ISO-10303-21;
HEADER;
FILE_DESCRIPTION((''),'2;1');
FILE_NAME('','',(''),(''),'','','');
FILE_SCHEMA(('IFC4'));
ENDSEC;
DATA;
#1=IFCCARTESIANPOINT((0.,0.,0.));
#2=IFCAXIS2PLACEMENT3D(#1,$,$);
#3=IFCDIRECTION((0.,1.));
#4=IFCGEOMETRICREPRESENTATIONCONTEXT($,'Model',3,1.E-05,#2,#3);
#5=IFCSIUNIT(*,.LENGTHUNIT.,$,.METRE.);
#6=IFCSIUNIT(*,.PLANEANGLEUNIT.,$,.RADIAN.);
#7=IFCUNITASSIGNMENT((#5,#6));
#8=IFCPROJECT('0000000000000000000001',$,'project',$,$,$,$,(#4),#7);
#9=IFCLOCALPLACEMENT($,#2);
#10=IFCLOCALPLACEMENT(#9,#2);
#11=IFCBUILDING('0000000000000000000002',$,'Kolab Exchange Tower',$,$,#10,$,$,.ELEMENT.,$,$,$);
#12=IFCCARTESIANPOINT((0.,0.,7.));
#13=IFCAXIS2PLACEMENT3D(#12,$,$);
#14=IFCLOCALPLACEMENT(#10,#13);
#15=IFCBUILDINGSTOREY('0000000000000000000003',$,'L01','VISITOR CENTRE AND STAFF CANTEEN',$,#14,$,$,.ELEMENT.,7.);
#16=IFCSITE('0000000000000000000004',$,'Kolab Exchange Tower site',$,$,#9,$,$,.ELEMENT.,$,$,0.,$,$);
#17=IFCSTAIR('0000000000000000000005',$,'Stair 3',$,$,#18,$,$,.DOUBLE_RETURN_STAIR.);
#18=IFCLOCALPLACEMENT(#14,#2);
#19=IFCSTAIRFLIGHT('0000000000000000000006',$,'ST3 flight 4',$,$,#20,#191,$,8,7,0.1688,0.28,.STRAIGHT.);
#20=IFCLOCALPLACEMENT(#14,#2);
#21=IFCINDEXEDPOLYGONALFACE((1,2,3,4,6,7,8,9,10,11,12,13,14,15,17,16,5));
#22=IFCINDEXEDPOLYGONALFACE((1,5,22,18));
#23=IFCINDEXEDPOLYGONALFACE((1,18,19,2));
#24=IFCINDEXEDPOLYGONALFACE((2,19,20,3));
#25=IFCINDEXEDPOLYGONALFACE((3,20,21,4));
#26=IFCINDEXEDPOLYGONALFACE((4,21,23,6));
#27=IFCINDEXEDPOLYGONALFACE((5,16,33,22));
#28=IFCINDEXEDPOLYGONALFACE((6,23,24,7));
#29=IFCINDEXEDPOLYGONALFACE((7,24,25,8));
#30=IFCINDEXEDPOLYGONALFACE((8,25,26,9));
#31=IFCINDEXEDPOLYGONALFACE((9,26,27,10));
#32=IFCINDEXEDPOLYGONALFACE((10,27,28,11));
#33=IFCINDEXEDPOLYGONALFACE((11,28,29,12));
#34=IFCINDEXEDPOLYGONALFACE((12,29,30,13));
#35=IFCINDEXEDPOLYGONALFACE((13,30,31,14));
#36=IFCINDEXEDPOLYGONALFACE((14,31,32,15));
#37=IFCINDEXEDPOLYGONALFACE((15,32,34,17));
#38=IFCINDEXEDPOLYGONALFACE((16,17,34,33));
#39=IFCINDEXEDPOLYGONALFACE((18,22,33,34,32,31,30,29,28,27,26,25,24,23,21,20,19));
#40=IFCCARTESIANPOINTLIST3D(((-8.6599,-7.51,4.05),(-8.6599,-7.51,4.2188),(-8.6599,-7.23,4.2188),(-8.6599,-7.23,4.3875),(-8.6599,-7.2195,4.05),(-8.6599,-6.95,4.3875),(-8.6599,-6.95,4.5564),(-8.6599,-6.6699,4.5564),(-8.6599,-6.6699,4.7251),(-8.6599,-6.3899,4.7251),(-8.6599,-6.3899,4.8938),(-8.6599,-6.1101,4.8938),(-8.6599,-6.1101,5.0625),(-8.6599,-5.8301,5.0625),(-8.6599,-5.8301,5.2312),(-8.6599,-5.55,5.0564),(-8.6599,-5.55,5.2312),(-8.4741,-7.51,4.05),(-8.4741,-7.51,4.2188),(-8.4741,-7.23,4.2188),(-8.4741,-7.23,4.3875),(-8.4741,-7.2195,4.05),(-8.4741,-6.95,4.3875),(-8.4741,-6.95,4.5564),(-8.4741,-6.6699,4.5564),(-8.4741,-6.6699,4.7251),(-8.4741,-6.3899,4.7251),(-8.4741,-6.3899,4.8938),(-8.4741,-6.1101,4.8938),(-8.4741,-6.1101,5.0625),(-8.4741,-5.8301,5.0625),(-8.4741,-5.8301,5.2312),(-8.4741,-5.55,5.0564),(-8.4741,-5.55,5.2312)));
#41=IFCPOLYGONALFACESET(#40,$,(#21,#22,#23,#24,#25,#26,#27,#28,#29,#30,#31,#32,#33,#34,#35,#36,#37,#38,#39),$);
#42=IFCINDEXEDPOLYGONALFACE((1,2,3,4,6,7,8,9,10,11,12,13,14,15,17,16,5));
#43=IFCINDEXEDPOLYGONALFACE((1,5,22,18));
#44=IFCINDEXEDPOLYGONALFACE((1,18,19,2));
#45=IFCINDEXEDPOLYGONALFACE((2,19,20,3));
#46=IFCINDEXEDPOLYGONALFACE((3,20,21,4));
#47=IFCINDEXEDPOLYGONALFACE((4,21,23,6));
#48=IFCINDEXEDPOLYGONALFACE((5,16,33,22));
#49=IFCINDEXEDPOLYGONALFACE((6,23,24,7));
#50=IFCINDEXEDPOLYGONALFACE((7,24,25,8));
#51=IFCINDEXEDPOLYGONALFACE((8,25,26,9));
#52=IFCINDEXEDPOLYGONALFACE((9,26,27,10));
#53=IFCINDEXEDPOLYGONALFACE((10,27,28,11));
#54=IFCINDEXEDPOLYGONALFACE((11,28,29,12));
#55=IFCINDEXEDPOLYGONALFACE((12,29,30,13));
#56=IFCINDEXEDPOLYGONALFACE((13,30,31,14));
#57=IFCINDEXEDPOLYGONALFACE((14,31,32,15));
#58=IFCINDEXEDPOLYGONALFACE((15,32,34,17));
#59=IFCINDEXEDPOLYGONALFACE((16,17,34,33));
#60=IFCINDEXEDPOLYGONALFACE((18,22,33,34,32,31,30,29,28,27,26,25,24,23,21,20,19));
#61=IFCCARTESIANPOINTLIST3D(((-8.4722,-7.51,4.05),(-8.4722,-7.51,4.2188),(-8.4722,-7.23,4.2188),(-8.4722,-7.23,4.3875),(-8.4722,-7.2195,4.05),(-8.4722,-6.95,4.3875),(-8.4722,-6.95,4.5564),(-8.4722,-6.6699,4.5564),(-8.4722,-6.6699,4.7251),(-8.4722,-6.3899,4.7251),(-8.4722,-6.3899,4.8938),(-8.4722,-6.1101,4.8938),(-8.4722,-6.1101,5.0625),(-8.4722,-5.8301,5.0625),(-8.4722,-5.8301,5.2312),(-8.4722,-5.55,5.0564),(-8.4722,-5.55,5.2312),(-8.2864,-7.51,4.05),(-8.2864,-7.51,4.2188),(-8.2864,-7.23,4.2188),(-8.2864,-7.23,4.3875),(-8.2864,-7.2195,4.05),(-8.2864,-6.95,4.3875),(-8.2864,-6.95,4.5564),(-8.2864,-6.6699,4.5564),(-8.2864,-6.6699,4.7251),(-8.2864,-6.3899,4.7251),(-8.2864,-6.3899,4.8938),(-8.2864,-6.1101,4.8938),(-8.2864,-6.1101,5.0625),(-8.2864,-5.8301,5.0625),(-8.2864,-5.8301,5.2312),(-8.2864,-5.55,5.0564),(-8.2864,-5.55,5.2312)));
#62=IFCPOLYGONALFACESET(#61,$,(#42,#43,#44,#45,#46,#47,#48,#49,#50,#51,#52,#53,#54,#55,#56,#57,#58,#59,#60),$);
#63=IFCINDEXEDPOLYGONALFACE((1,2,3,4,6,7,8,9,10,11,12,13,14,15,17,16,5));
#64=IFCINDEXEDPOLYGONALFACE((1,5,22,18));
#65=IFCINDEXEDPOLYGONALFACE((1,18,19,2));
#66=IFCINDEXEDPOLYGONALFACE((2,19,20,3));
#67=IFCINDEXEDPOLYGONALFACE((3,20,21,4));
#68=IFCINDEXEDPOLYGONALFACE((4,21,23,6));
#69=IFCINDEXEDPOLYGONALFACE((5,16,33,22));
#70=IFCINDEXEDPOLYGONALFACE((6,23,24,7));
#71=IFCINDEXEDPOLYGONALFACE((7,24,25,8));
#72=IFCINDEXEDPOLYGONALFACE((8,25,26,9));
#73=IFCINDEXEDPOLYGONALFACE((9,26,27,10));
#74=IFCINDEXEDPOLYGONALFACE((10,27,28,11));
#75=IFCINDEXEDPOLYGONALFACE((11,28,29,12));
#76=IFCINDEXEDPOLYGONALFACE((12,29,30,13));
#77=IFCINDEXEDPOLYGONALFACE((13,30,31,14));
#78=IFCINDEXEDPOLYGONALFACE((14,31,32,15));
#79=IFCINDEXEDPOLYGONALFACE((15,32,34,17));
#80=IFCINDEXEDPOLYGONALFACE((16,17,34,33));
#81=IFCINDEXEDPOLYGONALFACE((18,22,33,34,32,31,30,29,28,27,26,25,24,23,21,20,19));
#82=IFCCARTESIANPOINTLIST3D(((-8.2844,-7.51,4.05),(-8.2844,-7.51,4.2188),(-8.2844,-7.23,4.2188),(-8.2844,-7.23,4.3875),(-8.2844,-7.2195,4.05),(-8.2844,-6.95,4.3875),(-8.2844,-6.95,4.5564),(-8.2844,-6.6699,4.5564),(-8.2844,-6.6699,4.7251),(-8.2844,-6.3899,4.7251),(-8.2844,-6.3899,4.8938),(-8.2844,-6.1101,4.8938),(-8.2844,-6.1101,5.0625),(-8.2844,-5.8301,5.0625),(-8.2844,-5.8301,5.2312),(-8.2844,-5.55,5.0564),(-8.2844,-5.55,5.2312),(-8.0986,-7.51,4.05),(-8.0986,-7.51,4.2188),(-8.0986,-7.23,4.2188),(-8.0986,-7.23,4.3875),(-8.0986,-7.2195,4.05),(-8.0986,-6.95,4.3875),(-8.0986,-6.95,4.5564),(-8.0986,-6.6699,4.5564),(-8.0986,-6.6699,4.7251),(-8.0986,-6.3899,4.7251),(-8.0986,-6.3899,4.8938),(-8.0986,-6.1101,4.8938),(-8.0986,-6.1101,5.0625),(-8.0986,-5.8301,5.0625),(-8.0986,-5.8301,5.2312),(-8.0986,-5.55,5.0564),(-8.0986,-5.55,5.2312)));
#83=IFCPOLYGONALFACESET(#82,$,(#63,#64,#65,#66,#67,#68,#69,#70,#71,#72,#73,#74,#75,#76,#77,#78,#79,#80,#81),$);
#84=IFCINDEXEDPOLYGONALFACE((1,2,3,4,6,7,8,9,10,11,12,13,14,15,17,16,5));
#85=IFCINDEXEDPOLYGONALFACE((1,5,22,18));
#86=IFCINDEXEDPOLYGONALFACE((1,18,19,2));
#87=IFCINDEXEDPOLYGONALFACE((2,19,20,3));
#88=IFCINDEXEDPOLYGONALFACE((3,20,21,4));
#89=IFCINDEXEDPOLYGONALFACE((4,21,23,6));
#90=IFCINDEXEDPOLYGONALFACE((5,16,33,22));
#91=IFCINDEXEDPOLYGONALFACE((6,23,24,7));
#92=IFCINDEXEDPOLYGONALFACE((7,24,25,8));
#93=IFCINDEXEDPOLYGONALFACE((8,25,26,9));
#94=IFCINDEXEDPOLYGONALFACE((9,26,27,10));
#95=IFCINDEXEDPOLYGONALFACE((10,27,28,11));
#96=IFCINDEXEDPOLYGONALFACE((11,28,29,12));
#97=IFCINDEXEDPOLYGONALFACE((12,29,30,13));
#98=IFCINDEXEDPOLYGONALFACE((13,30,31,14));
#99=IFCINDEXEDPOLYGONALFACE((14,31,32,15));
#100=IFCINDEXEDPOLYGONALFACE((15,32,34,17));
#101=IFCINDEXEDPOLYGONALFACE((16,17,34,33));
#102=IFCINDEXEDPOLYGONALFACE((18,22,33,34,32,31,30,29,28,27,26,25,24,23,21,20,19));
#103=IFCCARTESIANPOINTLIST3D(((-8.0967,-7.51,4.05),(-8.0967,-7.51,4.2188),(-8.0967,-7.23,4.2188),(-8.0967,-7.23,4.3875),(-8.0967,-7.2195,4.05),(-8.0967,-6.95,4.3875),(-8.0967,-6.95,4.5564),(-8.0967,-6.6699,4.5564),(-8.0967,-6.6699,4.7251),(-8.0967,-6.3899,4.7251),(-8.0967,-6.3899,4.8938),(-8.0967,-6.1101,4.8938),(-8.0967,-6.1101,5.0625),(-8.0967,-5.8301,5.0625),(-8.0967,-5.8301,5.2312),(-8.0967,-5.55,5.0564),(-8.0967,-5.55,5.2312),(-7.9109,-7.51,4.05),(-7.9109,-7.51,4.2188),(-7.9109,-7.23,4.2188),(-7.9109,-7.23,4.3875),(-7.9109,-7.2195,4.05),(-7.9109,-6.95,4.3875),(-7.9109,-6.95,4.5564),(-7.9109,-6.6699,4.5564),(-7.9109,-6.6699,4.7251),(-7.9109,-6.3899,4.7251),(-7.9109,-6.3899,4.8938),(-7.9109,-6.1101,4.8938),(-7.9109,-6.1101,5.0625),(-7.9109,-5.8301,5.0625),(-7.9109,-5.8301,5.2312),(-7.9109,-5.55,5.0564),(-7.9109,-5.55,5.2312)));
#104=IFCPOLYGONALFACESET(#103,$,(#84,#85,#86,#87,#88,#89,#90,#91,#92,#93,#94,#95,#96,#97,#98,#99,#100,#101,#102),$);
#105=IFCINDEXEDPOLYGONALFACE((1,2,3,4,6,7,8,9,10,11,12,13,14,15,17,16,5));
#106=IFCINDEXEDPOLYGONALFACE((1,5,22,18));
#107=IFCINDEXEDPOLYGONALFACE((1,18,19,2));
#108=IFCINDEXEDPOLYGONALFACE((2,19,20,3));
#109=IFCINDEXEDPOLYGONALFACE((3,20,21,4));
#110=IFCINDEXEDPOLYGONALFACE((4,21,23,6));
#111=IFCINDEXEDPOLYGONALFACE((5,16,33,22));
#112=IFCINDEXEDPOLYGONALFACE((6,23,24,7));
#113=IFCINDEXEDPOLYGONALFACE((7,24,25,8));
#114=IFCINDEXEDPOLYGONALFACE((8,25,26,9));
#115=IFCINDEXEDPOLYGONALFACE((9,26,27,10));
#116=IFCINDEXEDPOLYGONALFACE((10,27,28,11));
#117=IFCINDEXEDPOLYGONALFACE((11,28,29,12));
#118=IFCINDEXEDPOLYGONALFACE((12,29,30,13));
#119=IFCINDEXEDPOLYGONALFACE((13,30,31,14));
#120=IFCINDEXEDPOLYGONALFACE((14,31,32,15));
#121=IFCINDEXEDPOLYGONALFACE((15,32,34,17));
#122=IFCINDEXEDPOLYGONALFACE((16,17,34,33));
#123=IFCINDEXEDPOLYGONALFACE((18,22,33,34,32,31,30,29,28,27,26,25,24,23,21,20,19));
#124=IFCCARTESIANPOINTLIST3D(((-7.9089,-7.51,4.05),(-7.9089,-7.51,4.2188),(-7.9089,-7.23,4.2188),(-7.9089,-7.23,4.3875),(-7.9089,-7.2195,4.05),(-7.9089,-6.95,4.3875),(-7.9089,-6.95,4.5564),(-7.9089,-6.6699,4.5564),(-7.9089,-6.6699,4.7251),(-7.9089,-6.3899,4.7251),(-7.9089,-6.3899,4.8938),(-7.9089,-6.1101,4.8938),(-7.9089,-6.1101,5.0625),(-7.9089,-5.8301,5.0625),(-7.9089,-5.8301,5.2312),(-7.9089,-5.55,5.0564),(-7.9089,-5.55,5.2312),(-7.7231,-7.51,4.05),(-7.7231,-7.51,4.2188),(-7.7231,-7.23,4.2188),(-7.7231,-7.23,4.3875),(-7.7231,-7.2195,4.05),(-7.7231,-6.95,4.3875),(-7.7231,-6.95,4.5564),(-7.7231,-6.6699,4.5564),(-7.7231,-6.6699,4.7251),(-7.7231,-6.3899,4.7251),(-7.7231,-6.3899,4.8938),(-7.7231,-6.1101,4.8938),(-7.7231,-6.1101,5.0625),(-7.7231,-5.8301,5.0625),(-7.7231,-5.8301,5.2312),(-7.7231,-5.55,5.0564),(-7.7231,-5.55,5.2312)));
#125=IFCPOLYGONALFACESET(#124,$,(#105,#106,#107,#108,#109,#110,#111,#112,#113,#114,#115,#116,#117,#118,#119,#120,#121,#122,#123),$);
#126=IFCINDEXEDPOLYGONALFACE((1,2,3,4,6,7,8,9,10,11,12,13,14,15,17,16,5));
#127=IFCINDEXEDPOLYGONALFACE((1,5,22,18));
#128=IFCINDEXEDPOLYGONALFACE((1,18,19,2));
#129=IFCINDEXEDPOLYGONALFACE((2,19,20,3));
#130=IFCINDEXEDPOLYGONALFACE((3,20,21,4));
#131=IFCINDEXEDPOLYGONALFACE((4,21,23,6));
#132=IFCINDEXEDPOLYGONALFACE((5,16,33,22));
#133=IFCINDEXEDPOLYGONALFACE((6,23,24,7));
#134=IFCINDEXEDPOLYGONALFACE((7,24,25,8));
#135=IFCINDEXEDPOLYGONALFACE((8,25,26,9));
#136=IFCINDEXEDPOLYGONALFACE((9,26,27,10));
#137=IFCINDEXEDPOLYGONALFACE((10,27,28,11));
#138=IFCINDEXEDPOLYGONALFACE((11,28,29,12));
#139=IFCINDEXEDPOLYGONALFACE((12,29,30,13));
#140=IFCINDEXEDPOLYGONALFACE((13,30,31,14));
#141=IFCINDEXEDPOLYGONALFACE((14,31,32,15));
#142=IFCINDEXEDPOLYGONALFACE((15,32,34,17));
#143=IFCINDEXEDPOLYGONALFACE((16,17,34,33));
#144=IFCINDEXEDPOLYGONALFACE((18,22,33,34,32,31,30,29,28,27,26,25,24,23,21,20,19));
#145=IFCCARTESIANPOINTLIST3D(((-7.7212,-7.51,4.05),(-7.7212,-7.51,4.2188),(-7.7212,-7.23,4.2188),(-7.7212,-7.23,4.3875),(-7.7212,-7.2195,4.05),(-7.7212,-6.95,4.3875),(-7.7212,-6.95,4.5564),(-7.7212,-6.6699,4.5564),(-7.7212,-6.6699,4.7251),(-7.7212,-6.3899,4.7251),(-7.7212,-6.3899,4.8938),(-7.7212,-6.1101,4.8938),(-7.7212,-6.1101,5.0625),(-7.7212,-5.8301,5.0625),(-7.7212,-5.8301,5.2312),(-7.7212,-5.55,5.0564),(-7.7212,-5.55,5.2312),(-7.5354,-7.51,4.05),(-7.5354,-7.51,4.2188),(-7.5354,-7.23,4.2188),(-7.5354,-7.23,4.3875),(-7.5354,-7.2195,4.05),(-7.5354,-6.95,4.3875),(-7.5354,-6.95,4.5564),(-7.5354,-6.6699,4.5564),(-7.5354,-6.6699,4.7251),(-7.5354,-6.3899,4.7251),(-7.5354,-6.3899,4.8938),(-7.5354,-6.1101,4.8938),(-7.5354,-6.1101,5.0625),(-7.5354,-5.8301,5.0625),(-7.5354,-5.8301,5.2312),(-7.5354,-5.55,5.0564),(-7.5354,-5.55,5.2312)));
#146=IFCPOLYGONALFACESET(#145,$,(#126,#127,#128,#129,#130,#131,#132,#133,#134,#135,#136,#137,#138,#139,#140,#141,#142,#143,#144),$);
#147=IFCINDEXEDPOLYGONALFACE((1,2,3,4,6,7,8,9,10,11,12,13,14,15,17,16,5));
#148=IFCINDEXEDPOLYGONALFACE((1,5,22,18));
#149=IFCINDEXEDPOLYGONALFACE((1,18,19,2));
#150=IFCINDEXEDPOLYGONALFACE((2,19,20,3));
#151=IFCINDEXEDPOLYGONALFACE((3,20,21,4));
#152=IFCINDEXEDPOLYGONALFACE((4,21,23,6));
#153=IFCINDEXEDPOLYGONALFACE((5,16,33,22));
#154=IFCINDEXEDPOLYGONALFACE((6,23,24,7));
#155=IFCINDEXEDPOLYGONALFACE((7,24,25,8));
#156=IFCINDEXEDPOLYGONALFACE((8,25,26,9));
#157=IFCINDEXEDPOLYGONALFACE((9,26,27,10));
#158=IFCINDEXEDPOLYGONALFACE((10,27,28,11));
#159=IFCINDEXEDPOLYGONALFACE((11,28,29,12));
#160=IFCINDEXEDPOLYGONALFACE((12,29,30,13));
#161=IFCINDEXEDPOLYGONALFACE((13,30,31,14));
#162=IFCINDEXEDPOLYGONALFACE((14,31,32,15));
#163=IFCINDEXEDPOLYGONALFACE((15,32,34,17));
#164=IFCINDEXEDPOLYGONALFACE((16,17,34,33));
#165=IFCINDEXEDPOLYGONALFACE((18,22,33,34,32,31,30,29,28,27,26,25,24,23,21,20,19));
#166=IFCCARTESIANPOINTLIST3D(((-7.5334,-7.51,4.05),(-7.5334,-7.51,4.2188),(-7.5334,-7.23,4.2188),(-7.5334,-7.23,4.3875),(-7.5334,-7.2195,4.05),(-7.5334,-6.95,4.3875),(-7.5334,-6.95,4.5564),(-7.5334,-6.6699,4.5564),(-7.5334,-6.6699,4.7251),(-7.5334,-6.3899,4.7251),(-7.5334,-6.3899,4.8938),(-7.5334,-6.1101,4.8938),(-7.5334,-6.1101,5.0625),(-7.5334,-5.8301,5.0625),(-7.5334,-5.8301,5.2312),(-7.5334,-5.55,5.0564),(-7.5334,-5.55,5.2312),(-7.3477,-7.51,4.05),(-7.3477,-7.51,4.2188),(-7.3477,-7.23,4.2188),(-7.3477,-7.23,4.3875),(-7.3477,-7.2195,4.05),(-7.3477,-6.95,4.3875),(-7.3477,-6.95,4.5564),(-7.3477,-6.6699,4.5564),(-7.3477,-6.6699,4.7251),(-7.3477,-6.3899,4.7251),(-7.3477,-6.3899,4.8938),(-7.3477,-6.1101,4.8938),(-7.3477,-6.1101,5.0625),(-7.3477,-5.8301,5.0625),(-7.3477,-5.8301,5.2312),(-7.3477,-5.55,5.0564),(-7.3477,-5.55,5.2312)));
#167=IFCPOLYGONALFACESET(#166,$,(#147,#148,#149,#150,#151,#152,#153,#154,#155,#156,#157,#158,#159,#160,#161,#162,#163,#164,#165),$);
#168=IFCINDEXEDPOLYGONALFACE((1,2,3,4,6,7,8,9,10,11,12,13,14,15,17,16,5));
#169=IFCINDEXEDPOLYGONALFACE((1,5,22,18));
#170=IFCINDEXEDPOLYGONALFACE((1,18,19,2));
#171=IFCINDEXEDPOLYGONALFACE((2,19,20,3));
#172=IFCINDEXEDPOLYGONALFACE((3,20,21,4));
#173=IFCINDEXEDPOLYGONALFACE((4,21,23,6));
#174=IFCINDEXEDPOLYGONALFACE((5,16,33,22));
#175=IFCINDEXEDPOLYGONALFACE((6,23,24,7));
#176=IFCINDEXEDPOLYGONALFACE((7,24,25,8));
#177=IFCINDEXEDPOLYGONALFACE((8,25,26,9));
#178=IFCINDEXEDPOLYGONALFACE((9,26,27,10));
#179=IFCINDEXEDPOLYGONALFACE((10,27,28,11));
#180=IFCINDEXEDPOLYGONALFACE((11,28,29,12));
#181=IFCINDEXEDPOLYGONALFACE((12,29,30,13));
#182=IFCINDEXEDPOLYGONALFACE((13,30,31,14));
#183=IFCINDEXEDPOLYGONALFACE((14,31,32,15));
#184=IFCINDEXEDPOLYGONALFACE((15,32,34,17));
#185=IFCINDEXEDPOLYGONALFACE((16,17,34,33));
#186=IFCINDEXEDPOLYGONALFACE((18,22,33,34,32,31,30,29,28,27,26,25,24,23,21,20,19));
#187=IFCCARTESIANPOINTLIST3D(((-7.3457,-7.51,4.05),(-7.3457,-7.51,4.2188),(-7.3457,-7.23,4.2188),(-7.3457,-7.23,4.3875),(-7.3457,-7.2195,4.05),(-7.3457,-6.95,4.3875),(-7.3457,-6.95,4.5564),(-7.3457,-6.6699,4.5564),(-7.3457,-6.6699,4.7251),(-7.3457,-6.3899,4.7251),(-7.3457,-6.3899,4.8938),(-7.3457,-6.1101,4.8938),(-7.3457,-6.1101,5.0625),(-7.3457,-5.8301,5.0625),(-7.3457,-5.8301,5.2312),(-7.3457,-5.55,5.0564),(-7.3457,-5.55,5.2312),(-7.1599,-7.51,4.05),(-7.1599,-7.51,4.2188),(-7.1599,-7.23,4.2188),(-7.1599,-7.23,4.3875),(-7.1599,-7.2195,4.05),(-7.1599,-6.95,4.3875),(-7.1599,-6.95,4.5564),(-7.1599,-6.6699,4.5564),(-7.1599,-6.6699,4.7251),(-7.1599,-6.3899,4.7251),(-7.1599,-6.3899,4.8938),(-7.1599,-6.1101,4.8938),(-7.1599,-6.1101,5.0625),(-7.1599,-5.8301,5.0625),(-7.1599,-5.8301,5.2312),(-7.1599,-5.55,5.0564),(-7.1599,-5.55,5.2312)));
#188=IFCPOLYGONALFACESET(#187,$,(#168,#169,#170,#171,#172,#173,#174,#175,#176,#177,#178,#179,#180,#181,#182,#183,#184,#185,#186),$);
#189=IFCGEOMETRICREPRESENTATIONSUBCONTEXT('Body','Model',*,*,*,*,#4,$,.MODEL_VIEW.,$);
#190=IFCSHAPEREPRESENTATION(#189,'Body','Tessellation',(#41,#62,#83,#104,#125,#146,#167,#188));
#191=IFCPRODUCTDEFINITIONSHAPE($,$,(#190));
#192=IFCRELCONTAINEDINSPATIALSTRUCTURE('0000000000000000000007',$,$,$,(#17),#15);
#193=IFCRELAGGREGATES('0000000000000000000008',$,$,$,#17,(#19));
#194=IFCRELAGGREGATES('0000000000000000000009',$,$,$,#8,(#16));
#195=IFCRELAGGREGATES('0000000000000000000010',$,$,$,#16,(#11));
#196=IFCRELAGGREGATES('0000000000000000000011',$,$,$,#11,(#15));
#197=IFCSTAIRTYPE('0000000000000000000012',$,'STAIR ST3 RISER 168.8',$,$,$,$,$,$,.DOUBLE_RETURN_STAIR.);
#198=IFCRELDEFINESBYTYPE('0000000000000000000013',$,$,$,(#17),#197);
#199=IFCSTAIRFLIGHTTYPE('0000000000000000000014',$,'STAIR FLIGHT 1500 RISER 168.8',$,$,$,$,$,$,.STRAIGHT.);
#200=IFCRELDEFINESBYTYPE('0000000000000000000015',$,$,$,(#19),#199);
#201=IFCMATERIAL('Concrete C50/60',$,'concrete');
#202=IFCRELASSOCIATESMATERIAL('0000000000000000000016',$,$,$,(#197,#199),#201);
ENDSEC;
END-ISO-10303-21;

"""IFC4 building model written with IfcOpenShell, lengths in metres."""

from ifc_helpers import new_model, si_unit, direction, frame, origin, place, context, subcontext, project, spatial, polyline, outline, extrude, material, type_object, element, aggregate, save


model = new_model("IFC4")

# Units and contexts
model_context = context("Model", 3, precision=1e-05, world=origin(), true_north=direction((0.0, 1.0)))
body_context = subcontext(model_context, "Body", "Model", "MODEL_VIEW")
ifc_project = project(units=[si_unit("LENGTHUNIT", "METRE"), si_unit("PLANEANGLEUNIT", "RADIAN")], contexts=[model_context])

# Site, building, storey
site_placement = place(None, origin())
site = spatial("IfcSite", under=ifc_project, at=site_placement, Name="Kolab Exchange Tower site", CompositionType="ELEMENT", RefElevation=0.0)
building_placement = place(site_placement, origin())
building = spatial("IfcBuilding", under=site, at=building_placement, Name="Kolab Exchange Tower", CompositionType="ELEMENT")
storey_placement = place(building_placement, frame((0.0, 0.0, 7.0)))
storey = spatial("IfcBuildingStorey", under=building, at=storey_placement, Name="L01", Description="VISITOR CENTRE AND STAFF CANTEEN", CompositionType="ELEMENT", Elevation=7.0)

# Shared definitions
ifc_material_1 = material(Name="Concrete C50/60", Category="concrete")

# Stair, stair flight
stair_type = type_object("IfcStairType", Name="STAIR ST3 RISER 168.8", PredefinedType="DOUBLE_RETURN_STAIR", material=ifc_material_1)
stair_placement = place(storey_placement, origin())
stair = element("IfcStair", 1, at=stair_placement, inside=storey, type_object=stair_type, Name="Stair 3", PredefinedType="DOUBLE_RETURN_STAIR")
stair_flight_type = type_object("IfcStairFlightType", Name="STAIR FLIGHT 1500 RISER 168.8", PredefinedType="STRAIGHT", material=ifc_material_1)
stair_flight_1_placement = place(storey_placement, frame((-7.9099, -7.51, 4.05), z_axis=(0.0, 0.0, 1.0), x_axis=(0.0, 1.0, 0.0)))
stair_flight_1 = element("IfcStairFlight", 2, at=stair_flight_1_placement, type_object=stair_flight_type, Name="ST3 flight 4", NumberOfRisers=8, NumberOfTreads=7, PredefinedType="STRAIGHT", RiserHeight=0.1688, TreadLength=0.28, context=body_context, shape_type="SweptSolid", body=[
    extrude(outline(polyline([(0.0, 0.0), (0.0, 0.1687), (0.28, 0.1687), (0.28, 0.3374), (0.5601, 0.3374), (0.5601, 0.5063), (0.8401, 0.5063), (0.8401, 0.675), (1.1201, 0.675), (1.1201, 0.8438), (1.3999, 0.8438), (1.3999, 1.0125), (1.6799, 1.0125), (1.6799, 1.1812), (1.96, 1.1812), (1.96, 1.3501), (1.96, 1.0063), (0.2905, 0.0), (0.0, 0.0)])), frame((0.0, 0.75, 0.0), z_axis=(0.0, -1.0, 0.0), x_axis=(1.0, 0.0, 0.0)), (0.0, 0.0, 1.0), 0.1858),
    extrude(outline(polyline([(0.0, 0.0), (0.0, 0.1687), (0.28, 0.1687), (0.28, 0.3374), (0.5601, 0.3374), (0.5601, 0.5063), (0.8401, 0.5063), (0.8401, 0.675), (1.1201, 0.675), (1.1201, 0.8438), (1.3999, 0.8438), (1.3999, 1.0125), (1.6799, 1.0125), (1.6799, 1.1812), (1.96, 1.1812), (1.96, 1.3501), (1.96, 1.0063), (0.2905, 0.0), (0.0, 0.0)])), frame((0.0, 0.5623, 0.0), z_axis=(0.0, -1.0, 0.0), x_axis=(1.0, 0.0, 0.0)), (0.0, 0.0, 1.0), 0.1858),
    extrude(outline(polyline([(0.0, 0.0), (0.0, 0.1687), (0.28, 0.1687), (0.28, 0.3374), (0.5601, 0.3374), (0.5601, 0.5063), (0.8401, 0.5063), (0.8401, 0.675), (1.1201, 0.675), (1.1201, 0.8438), (1.3999, 0.8438), (1.3999, 1.0125), (1.6799, 1.0125), (1.6799, 1.1812), (1.96, 1.1812), (1.96, 1.3501), (1.96, 1.0063), (0.2905, 0.0), (0.0, 0.0)])), frame((0.0, 0.3745, 0.0), z_axis=(0.0, -1.0, 0.0), x_axis=(1.0, 0.0, 0.0)), (0.0, 0.0, 1.0), 0.1858),
    extrude(outline(polyline([(0.0, 0.0), (0.0, 0.1687), (0.28, 0.1687), (0.28, 0.3374), (0.5601, 0.3374), (0.5601, 0.5063), (0.8401, 0.5063), (0.8401, 0.675), (1.1201, 0.675), (1.1201, 0.8438), (1.3999, 0.8438), (1.3999, 1.0125), (1.6799, 1.0125), (1.6799, 1.1812), (1.96, 1.1812), (1.96, 1.3501), (1.96, 1.0063), (0.2905, 0.0), (0.0, 0.0)])), frame((0.0, 0.1868, 0.0), z_axis=(0.0, -1.0, 0.0), x_axis=(1.0, 0.0, 0.0)), (0.0, 0.0, 1.0), 0.1858),
    extrude(outline(polyline([(0.0, 0.0), (0.0, 0.1687), (0.28, 0.1687), (0.28, 0.3374), (0.5601, 0.3374), (0.5601, 0.5063), (0.8401, 0.5063), (0.8401, 0.675), (1.1201, 0.675), (1.1201, 0.8438), (1.3999, 0.8438), (1.3999, 1.0125), (1.6799, 1.0125), (1.6799, 1.1812), (1.96, 1.1812), (1.96, 1.3501), (1.96, 1.0063), (0.2905, 0.0), (0.0, 0.0)])), frame((0.0, -0.001, 0.0), z_axis=(0.0, -1.0, 0.0), x_axis=(1.0, 0.0, 0.0)), (0.0, 0.0, 1.0), 0.1858),
    extrude(outline(polyline([(0.0, 0.0), (0.0, 0.1687), (0.28, 0.1687), (0.28, 0.3374), (0.5601, 0.3374), (0.5601, 0.5063), (0.8401, 0.5063), (0.8401, 0.675), (1.1201, 0.675), (1.1201, 0.8438), (1.3999, 0.8438), (1.3999, 1.0125), (1.6799, 1.0125), (1.6799, 1.1812), (1.96, 1.1812), (1.96, 1.3501), (1.96, 1.0063), (0.2905, 0.0), (0.0, 0.0)])), frame((0.0, -0.1887, 0.0), z_axis=(0.0, -1.0, 0.0), x_axis=(1.0, 0.0, 0.0)), (0.0, 0.0, 1.0), 0.1858),
    extrude(outline(polyline([(0.0, 0.0), (0.0, 0.1687), (0.28, 0.1687), (0.28, 0.3374), (0.5601, 0.3374), (0.5601, 0.5063), (0.8401, 0.5063), (0.8401, 0.675), (1.1201, 0.675), (1.1201, 0.8438), (1.3999, 0.8438), (1.3999, 1.0125), (1.6799, 1.0125), (1.6799, 1.1812), (1.96, 1.1812), (1.96, 1.3501), (1.96, 1.0063), (0.2905, 0.0), (0.0, 0.0)])), frame((0.0, -0.3765, 0.0), z_axis=(0.0, -1.0, 0.0), x_axis=(1.0, 0.0, 0.0)), (0.0, 0.0, 1.0), 0.1858),
    extrude(outline(polyline([(0.0, 0.0), (0.0, 0.1687), (0.28, 0.1687), (0.28, 0.3374), (0.5601, 0.3374), (0.5601, 0.5063), (0.8401, 0.5063), (0.8401, 0.675), (1.1201, 0.675), (1.1201, 0.8438), (1.3999, 0.8438), (1.3999, 1.0125), (1.6799, 1.0125), (1.6799, 1.1812), (1.96, 1.1812), (1.96, 1.3501), (1.96, 1.0063), (0.2905, 0.0), (0.0, 0.0)])), frame((0.0, -0.5642, 0.0), z_axis=(0.0, -1.0, 0.0), x_axis=(1.0, 0.0, 0.0)), (0.0, 0.0, 1.0), 0.1858),
])
aggregate(stair, [stair_flight_1])

save(model, "model.ifc")
